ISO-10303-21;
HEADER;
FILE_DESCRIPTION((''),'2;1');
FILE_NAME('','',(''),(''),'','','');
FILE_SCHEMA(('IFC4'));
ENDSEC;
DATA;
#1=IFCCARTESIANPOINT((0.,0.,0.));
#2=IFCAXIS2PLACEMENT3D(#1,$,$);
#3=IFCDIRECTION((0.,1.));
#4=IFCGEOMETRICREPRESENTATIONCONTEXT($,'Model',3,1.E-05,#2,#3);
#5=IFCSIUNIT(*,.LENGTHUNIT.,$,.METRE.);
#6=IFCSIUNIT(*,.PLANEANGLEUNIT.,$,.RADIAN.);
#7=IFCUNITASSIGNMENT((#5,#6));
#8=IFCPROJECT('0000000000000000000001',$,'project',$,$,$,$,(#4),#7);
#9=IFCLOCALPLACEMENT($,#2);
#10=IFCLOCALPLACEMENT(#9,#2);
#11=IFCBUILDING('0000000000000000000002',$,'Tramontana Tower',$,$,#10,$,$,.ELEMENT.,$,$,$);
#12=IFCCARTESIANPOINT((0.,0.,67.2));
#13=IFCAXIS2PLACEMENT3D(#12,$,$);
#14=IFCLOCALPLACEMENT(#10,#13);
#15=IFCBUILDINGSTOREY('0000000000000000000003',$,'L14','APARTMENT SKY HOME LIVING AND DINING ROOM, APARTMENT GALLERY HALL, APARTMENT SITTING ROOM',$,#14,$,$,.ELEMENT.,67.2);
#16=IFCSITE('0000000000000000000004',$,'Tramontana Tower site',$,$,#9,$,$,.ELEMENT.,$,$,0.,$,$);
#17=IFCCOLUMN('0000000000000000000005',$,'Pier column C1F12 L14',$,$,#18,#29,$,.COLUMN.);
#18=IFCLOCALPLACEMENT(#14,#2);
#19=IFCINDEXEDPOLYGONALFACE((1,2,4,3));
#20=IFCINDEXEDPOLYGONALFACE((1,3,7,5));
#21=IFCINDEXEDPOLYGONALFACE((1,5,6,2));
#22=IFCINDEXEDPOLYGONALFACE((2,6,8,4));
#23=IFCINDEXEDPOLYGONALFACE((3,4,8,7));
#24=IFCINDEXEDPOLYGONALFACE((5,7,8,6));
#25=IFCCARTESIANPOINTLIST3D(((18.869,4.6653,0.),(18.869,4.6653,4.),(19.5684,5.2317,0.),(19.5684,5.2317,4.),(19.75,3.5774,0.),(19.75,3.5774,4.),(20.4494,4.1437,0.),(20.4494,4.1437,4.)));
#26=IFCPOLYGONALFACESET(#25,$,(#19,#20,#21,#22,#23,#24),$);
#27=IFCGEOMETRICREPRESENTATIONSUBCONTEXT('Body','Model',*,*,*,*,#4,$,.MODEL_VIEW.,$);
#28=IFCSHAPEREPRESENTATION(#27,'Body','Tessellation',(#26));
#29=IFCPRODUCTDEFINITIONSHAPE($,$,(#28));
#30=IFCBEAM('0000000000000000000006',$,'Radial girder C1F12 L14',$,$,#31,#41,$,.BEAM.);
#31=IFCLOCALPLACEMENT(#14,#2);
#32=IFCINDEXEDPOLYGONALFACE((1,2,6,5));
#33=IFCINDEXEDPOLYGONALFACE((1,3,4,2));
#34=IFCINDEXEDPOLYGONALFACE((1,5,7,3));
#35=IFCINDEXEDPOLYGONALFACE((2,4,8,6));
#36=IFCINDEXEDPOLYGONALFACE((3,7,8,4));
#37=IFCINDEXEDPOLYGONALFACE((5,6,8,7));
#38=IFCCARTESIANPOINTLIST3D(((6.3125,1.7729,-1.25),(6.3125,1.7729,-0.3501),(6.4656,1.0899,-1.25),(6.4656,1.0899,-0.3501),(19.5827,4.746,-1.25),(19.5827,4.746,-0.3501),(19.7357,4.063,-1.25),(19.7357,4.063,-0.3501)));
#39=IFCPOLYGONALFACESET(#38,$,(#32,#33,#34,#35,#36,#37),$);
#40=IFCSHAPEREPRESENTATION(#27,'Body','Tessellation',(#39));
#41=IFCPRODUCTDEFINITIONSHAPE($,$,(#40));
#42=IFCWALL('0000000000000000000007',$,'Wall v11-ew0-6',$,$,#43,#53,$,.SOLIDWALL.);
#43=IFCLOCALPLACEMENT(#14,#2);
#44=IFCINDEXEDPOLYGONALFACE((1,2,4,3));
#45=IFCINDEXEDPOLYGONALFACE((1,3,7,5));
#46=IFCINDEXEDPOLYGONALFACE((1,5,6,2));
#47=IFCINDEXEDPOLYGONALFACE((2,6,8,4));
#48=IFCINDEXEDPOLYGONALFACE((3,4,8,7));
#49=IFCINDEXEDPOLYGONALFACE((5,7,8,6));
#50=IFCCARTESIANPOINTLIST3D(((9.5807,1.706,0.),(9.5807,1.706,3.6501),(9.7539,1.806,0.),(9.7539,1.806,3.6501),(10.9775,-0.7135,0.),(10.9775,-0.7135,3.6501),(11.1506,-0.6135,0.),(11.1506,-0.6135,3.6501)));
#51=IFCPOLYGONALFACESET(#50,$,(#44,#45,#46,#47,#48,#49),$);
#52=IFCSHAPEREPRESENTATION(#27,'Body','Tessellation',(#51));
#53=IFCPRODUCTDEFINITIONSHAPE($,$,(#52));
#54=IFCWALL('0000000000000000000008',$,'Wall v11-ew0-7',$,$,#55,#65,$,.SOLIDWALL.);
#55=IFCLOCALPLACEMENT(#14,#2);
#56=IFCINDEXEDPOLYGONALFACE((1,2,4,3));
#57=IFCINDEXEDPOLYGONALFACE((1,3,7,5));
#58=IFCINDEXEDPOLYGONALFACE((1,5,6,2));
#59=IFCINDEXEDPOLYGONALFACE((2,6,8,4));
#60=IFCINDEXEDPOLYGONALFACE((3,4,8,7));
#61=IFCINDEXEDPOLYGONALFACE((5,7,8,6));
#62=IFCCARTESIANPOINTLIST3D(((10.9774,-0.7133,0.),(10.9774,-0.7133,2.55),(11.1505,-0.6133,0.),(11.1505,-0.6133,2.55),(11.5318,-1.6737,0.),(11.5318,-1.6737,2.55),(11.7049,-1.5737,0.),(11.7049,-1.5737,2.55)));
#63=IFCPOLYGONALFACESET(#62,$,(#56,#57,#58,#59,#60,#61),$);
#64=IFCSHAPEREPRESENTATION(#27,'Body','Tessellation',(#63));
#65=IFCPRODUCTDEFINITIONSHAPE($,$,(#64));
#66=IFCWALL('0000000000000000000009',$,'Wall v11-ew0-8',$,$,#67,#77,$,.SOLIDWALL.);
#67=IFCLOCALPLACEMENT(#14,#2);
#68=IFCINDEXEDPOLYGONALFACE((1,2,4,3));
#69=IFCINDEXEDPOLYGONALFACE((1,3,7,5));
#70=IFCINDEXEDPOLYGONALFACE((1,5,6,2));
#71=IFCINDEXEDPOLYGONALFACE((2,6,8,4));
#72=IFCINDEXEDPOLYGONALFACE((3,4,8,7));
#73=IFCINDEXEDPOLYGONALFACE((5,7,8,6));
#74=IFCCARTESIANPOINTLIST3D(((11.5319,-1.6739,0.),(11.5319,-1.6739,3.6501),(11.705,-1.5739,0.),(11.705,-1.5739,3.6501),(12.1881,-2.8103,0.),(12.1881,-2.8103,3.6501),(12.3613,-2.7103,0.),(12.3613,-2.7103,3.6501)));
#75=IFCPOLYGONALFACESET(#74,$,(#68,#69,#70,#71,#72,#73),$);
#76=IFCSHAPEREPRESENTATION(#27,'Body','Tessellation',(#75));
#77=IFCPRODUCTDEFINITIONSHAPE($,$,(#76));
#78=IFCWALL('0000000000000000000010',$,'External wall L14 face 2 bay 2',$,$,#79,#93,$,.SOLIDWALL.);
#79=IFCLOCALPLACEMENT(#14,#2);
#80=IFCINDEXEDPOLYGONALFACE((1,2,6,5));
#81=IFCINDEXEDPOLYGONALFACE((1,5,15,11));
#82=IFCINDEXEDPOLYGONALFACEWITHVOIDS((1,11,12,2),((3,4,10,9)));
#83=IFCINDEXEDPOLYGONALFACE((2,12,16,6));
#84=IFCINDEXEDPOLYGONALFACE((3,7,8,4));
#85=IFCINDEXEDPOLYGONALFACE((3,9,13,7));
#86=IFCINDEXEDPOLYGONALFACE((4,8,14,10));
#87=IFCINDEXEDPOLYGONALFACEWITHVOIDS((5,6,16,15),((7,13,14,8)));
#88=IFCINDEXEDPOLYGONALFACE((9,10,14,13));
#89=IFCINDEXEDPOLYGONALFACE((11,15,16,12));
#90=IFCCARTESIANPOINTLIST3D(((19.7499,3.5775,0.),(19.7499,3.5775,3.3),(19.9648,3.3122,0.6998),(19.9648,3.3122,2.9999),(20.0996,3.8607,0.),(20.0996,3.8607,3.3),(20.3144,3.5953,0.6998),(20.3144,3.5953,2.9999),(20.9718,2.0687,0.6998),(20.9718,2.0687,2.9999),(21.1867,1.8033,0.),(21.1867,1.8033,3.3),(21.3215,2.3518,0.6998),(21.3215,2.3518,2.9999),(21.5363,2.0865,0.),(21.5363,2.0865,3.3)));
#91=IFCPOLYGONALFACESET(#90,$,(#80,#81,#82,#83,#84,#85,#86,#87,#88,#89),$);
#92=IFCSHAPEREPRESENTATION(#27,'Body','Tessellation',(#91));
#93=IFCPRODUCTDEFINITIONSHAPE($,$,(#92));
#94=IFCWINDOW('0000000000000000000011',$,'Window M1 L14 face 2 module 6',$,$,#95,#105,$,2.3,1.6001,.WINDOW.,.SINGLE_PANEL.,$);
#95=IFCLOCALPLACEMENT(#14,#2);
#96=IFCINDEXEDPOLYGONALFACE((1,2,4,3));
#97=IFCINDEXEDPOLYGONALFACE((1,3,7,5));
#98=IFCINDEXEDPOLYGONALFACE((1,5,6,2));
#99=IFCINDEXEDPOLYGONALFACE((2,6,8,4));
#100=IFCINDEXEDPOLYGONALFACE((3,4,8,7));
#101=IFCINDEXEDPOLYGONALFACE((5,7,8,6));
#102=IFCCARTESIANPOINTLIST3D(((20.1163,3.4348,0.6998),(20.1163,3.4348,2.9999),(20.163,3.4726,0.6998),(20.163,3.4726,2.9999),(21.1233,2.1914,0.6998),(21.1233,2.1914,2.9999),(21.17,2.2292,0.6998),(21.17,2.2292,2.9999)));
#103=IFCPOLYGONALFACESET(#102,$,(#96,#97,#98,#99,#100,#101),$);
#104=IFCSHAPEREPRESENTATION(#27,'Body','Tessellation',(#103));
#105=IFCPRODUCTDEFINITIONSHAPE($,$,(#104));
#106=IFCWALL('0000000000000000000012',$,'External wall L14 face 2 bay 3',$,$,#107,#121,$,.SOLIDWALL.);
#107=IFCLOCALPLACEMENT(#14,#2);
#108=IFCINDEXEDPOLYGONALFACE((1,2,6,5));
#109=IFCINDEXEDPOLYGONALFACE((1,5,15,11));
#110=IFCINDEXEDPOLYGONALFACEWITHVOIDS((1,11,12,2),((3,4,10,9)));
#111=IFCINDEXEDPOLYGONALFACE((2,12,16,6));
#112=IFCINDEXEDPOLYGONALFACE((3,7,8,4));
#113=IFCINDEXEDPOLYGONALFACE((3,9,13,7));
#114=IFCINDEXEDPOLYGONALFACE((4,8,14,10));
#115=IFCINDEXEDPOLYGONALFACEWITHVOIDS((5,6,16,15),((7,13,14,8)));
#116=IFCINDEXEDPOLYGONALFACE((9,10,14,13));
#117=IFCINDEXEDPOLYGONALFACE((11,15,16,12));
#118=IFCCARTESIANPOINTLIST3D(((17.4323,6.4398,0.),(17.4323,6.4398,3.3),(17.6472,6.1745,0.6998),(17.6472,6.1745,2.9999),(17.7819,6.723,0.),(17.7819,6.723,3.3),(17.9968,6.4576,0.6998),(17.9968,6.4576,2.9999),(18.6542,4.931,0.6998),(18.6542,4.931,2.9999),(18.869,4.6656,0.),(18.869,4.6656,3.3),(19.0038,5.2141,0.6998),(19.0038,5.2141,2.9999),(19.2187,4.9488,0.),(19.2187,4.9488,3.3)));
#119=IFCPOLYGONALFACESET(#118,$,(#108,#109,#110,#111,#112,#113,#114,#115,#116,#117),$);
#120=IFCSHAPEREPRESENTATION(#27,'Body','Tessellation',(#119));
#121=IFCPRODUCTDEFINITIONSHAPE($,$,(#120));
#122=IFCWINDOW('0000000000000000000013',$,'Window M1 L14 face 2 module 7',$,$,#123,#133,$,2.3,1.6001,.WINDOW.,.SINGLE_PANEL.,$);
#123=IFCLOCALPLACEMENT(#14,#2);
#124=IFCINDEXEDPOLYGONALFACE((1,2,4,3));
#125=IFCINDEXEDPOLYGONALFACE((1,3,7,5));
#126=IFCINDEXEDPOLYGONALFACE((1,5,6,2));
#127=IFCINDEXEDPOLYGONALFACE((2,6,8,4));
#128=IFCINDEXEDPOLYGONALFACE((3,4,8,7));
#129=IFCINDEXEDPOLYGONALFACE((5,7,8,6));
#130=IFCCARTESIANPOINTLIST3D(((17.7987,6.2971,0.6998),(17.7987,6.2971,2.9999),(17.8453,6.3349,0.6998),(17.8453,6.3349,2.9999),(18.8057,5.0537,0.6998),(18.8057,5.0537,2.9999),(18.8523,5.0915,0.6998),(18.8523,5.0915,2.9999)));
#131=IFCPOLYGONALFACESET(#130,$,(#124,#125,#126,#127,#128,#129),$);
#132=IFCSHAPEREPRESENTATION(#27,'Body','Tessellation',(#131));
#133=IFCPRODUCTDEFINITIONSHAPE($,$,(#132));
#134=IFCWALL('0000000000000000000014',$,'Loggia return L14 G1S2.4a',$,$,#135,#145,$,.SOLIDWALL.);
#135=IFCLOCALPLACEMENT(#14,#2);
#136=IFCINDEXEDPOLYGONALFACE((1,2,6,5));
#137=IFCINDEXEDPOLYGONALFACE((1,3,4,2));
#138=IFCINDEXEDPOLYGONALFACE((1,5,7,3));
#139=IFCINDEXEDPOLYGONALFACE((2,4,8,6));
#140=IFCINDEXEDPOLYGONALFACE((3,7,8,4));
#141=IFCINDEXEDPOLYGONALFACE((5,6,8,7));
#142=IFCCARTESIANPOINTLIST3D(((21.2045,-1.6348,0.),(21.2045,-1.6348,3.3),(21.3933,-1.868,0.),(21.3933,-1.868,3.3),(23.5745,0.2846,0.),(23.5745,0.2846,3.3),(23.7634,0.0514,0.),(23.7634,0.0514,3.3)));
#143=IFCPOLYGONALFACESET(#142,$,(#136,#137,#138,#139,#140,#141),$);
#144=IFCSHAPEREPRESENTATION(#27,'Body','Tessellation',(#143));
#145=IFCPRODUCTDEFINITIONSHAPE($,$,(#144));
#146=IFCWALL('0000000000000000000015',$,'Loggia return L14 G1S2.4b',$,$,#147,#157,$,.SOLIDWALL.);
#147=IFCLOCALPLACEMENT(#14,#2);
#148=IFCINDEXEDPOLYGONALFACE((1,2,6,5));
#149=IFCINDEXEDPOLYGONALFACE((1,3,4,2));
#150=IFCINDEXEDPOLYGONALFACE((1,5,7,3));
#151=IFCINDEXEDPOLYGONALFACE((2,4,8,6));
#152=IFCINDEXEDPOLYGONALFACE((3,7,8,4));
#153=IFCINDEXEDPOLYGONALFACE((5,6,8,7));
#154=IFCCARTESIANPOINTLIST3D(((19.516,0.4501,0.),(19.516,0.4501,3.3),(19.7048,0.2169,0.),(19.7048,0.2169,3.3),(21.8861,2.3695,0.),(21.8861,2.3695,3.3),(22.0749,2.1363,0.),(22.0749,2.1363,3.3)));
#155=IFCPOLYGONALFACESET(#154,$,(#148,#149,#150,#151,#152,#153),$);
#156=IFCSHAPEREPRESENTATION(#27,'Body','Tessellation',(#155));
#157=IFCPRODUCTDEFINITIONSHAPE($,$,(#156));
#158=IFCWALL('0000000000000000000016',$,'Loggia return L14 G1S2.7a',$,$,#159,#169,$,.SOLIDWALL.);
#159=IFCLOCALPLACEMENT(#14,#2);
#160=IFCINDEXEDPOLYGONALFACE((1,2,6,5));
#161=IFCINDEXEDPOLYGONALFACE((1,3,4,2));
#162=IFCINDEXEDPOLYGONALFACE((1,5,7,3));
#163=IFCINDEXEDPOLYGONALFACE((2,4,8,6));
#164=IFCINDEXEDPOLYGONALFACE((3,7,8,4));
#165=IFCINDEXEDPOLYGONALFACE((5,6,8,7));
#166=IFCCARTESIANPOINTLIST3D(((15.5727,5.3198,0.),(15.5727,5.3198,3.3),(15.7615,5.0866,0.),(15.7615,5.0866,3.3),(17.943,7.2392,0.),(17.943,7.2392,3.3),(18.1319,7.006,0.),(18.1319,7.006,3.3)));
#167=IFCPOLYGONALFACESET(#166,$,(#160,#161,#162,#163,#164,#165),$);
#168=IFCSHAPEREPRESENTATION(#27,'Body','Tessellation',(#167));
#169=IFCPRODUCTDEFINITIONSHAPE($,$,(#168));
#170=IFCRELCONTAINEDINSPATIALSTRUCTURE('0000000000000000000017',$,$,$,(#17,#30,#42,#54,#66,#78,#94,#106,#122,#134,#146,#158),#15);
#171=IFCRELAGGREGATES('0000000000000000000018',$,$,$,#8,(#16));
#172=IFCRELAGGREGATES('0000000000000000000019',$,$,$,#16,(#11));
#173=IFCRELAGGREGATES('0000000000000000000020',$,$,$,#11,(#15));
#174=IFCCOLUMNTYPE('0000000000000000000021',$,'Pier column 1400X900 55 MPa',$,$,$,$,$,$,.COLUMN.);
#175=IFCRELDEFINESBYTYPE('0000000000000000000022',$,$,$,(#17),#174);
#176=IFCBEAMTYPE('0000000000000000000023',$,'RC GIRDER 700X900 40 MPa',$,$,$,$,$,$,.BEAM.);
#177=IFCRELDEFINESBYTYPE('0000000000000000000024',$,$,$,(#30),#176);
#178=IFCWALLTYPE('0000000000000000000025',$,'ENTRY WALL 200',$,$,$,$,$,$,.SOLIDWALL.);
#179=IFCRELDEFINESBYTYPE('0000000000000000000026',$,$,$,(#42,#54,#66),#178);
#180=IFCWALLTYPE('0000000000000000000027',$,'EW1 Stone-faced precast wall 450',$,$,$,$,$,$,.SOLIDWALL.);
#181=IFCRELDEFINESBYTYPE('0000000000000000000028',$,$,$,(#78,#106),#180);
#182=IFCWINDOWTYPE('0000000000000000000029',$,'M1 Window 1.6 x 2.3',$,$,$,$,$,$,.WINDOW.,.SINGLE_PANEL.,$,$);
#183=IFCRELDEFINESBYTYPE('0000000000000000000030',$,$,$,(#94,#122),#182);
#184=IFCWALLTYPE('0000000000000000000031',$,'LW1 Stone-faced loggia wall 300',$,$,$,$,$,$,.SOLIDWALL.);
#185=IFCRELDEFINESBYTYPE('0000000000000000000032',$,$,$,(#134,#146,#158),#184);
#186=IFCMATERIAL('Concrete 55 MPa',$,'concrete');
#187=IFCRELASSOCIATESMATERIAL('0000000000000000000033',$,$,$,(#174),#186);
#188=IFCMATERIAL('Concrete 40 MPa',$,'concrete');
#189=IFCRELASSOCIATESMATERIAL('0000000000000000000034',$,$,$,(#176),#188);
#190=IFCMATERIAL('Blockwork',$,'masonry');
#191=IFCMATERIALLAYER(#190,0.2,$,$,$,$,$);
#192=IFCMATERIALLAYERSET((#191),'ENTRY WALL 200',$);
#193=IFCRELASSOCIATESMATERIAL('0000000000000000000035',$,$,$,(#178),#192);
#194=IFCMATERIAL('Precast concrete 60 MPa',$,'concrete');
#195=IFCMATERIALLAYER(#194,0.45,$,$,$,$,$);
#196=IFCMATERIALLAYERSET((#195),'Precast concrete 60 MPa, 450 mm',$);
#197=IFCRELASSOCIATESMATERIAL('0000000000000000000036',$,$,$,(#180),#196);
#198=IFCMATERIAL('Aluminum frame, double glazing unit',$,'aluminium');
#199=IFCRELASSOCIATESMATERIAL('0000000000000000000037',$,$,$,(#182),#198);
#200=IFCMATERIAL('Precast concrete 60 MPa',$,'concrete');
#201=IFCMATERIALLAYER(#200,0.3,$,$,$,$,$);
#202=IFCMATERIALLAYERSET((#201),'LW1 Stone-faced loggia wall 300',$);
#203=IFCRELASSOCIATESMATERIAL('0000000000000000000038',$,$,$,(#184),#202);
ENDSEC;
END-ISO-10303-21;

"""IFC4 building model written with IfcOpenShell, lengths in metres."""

from ifc_helpers import new_model, si_unit, direction, frame, frame_2d, origin, origin_2d, place, context, subcontext, project, spatial, rectangle, extrude, material, layer, layer_set, material_profile, profile_set, type_object, element, fill, save


model = new_model("IFC4")

# Units and contexts
model_context = context("Model", 3, precision=1e-05, world=origin(), true_north=direction((0.0, 1.0)))
body_context = subcontext(model_context, "Body", "Model", "MODEL_VIEW")
ifc_project = project(units=[si_unit("LENGTHUNIT", "METRE"), si_unit("PLANEANGLEUNIT", "RADIAN")], contexts=[model_context])

# Site, building, storey
site_placement = place(None, origin())
site = spatial("IfcSite", under=ifc_project, at=site_placement, Name="Tramontana Tower site", CompositionType="ELEMENT", RefElevation=0.0)
building_placement = place(site_placement, origin())
building = spatial("IfcBuilding", under=site, at=building_placement, Name="Tramontana Tower", CompositionType="ELEMENT")
storey_placement = place(building_placement, frame((0.0, 0.0, 67.2)))
storey = spatial("IfcBuildingStorey", under=building, at=storey_placement, Name="L14", Description="APARTMENT SKY HOME LIVING AND DINING ROOM, APARTMENT GALLERY HALL, APARTMENT SITTING ROOM", CompositionType="ELEMENT", Elevation=67.2)

# Column
ifc_material_1 = material(Name="Concrete 55 MPa", Category="concrete")
ifc_material_profile_1 = material_profile(ifc_material_1, rectangle(XDim=1.3999, YDim=0.8999, at=origin_2d()), Name="Pier column 1400X900 55 MPa")
ifc_profile_set_1 = profile_set([ifc_material_profile_1], Name="Concrete 55 MPa")
column_type = type_object("IfcColumnType", Name="Pier column 1400X900 55 MPa", PredefinedType="COLUMN", material=ifc_profile_set_1)
column_placement = place(storey_placement, frame((19.6592, 4.4045, 0.0), z_axis=(0.0, 0.0, 1.0), x_axis=(-0.62932, 0.777146, 0.0)))
element("IfcColumn", 1, at=column_placement, inside=storey, type_object=column_type, Name="Pier column C1F12 L14", PredefinedType="COLUMN", context=body_context, shape_type="SweptSolid", body=[
    extrude(rectangle(XDim=1.3999, YDim=0.8999, at=origin_2d()), origin(), (0.0, 0.0, 1.0), 4.0),
])

# Beam
ifc_material_2 = material(Name="Concrete 40 MPa", Category="concrete")
ifc_material_profile_2 = material_profile(ifc_material_2, rectangle(XDim=0.7, YDim=0.8999, at=origin_2d()), Name="RC GIRDER 700X900 40 MPa")
ifc_profile_set_2 = profile_set([ifc_material_profile_2], Name="Concrete 40 MPa")
beam_type = type_object("IfcBeamType", Name="RC GIRDER 700X900 40 MPa", PredefinedType="BEAM", material=ifc_profile_set_2)
beam_placement = place(storey_placement, frame((19.6592, 4.4045, -0.8), z_axis=(-0.975808, -0.21863, 0.0), x_axis=(0.21863, -0.975808, 0.0)))
element("IfcBeam", 2, at=beam_placement, inside=storey, type_object=beam_type, Name="Radial girder C1F12 L14", PredefinedType="BEAM", context=body_context, shape_type="SweptSolid", body=[
    extrude(rectangle(XDim=0.7, YDim=0.8999, at=origin_2d()), origin(), (0.0, 0.0, 1.0), 13.5991),
])

# Walls
ifc_material_3 = material(Name="Blockwork", Category="masonry")
ifc_layer_1 = layer(ifc_material_3, 0.2)
ifc_layer_set_1 = layer_set([ifc_layer_1], Name="ENTRY WALL 200")
wall_type_1 = type_object("IfcWallType", Name="ENTRY WALL 200", PredefinedType="SOLIDWALL", material=ifc_layer_set_1)
wall_1_placement = place(storey_placement, frame((9.6672, 1.7561, 0.0), z_axis=(0.0, 0.0, 1.0), x_axis=(0.499965, -0.866046, 0.0)))
element("IfcWall", 3, at=wall_1_placement, inside=storey, type_object=wall_type_1, Name="Wall v11-ew0-6", PredefinedType="SOLIDWALL", context=body_context, shape_type="SweptSolid", body=[
    extrude(rectangle(XDim=2.7937, YDim=0.2, at=frame_2d((1.397, 0.0))), origin(), (0.0, 0.0, 1.0), 3.6501),
])
wall_2_placement = place(storey_placement, frame((11.064, -0.6633, 0.0), z_axis=(0.0, 0.0, 1.0), x_axis=(0.499951, -0.866054, 0.0)))
element("IfcWall", 4, at=wall_2_placement, inside=storey, type_object=wall_type_1, Name="Wall v11-ew0-7", PredefinedType="SOLIDWALL", context=body_context, shape_type="SweptSolid", body=[
    extrude(rectangle(XDim=1.1089, YDim=0.2, at=frame_2d((0.5544, 0.0))), origin(), (0.0, 0.0, 1.0), 2.55),
])
wall_3_placement = place(storey_placement, frame((11.6184, -1.6238, 0.0), z_axis=(0.0, 0.0, 1.0), x_axis=(0.500061, -0.86599, 0.0)))
element("IfcWall", 5, at=wall_3_placement, inside=storey, type_object=wall_type_1, Name="Wall v11-ew0-8", PredefinedType="SOLIDWALL", context=body_context, shape_type="SweptSolid", body=[
    extrude(rectangle(XDim=1.3123, YDim=0.2, at=frame_2d((0.6562, 0.0))), origin(), (0.0, 0.0, 1.0), 3.6501),
])

# Walls, openings, windows
ifc_material_4 = material(Name="Precast concrete 60 MPa", Category="concrete")
ifc_layer_2 = layer(ifc_material_4, 0.45)
ifc_layer_set_2 = layer_set([ifc_layer_2], Name="Precast concrete 60 MPa, 450 mm")
wall_type_2 = type_object("IfcWallType", Name="EW1 Stone-faced precast wall 450", PredefinedType="SOLIDWALL", material=ifc_layer_set_2)
wall_4_placement = place(storey_placement, frame((21.3616, 1.9448, 0.0), z_axis=(0.0, 0.0, 1.0), x_axis=(-0.62934, 0.77713, 0.0)))
wall_4 = element("IfcWall", 6, at=wall_4_placement, inside=storey, type_object=wall_type_2, Name="External wall L14 face 2 bay 2", PredefinedType="SOLIDWALL", context=body_context, shape_type="SweptSolid", body=[
    extrude(rectangle(XDim=2.283, YDim=0.45, at=frame_2d((1.1416, 0.0))), origin(), (0.0, 0.0, 1.0), 3.3),
])
opening_1_placement = place(wall_4_placement, frame((0.3416, 0.0, 0.7)))
opening_1 = element("IfcOpeningElement", 7, at=opening_1_placement, cuts=wall_4, PredefinedType="OPENING", context=body_context, shape_type="SweptSolid", body=[
    extrude(rectangle(XDim=1.6001, YDim=2.3, at=frame_2d((0.8, 1.1499))), frame((0.0, 0.2349, 0.0), z_axis=(0.0, -1.0, 0.0), x_axis=(1.0, 0.0, 0.0)), (0.0, 0.0, 1.0), 0.47),
])
ifc_material_5 = material(Name="Aluminum frame, double glazing unit", Category="aluminium")
window_type = type_object("IfcWindowType", Name="M1 Window 1.6 x 2.3", PartitioningType="SINGLE_PANEL", PredefinedType="WINDOW", material=ifc_material_5)
window_1_placement = place(opening_1_placement, origin())
window_1 = element("IfcWindow", 8, at=window_1_placement, inside=storey, type_object=window_type, Name="Window M1 L14 face 2 module 6", OverallHeight=2.3, OverallWidth=1.6001, PartitioningType="SINGLE_PANEL", PredefinedType="WINDOW", context=body_context, shape_type="SweptSolid", body=[
    extrude(rectangle(XDim=1.6001, YDim=2.3, at=frame_2d((0.8, 1.1499))), frame((0.0, 0.03, 0.0), z_axis=(0.0, -1.0, 0.0), x_axis=(1.0, 0.0, 0.0)), (0.0, 0.0, 1.0), 0.0601),
])
fill(opening_1, window_1)
wall_5_placement = place(storey_placement, frame((19.0439, 4.8071, 0.0), z_axis=(0.0, 0.0, 1.0), x_axis=(-0.62934, 0.77713, 0.0)))
wall_5 = element("IfcWall", 9, at=wall_5_placement, inside=storey, type_object=wall_type_2, Name="External wall L14 face 2 bay 3", PredefinedType="SOLIDWALL", context=body_context, shape_type="SweptSolid", body=[
    extrude(rectangle(XDim=2.283, YDim=0.45, at=frame_2d((1.1416, 0.0))), origin(), (0.0, 0.0, 1.0), 3.3),
])
opening_2_placement = place(wall_5_placement, frame((0.3416, 0.0, 0.7)))
opening_2 = element("IfcOpeningElement", 10, at=opening_2_placement, cuts=wall_5, PredefinedType="OPENING", context=body_context, shape_type="SweptSolid", body=[
    extrude(rectangle(XDim=1.6001, YDim=2.3, at=frame_2d((0.8, 1.1499))), frame((0.0, 0.2349, 0.0), z_axis=(0.0, -1.0, 0.0), x_axis=(1.0, 0.0, 0.0)), (0.0, 0.0, 1.0), 0.47),
])
window_2_placement = place(opening_2_placement, origin())
window_2 = element("IfcWindow", 11, at=window_2_placement, inside=storey, type_object=window_type, Name="Window M1 L14 face 2 module 7", OverallHeight=2.3, OverallWidth=1.6001, PartitioningType="SINGLE_PANEL", PredefinedType="WINDOW", context=body_context, shape_type="SweptSolid", body=[
    extrude(rectangle(XDim=1.6001, YDim=2.3, at=frame_2d((0.8, 1.1499))), frame((0.0, 0.03, 0.0), z_axis=(0.0, -1.0, 0.0), x_axis=(1.0, 0.0, 0.0)), (0.0, 0.0, 1.0), 0.0601),
])
fill(opening_2, window_2)

# Shared definitions
ifc_material_6 = material(Name="Precast concrete 60 MPa", Category="concrete")
ifc_layer_3 = layer(ifc_material_6, 0.3)
ifc_layer_set_3 = layer_set([ifc_layer_3], Name="LW1 Stone-faced loggia wall 300")
wall_type_3 = type_object("IfcWallType", Name="LW1 Stone-faced loggia wall 300", PredefinedType="SOLIDWALL", material=ifc_layer_set_3)

# Walls
for number, where, z_axis, x_axis, name in (
    (12, (23.6689, 0.168, 0.0), (0.0, 0.0, 1.0), (-0.777122, -0.62935, 0.0), "Loggia return L14 G1S2.4a"),
    (13, (21.9805, 2.2529, 0.0), (0.0, 0.0, 1.0), (-0.777122, -0.62935, 0.0), "Loggia return L14 G1S2.4b"),
):
    element("IfcWall", number, at=place(storey_placement, frame(where, z_axis=z_axis, x_axis=x_axis)), inside=storey, type_object=wall_type_3, Name=name, PredefinedType="SOLIDWALL", context=body_context, shape_type="SweptSolid", body=[
        extrude(rectangle(XDim=3.0498, YDim=0.3, at=frame_2d((1.5249, 0.0))), origin(), (0.0, 0.0, 1.0), 3.3),
    ])

# Wall
wall_6_placement = place(storey_placement, frame((18.0374, 7.1226, 0.0), z_axis=(0.0, 0.0, 1.0), x_axis=(-0.777154, -0.629311, 0.0)))
element("IfcWall", 14, at=wall_6_placement, inside=storey, type_object=wall_type_3, Name="Loggia return L14 G1S2.7a", PredefinedType="SOLIDWALL", context=body_context, shape_type="SweptSolid", body=[
    extrude(rectangle(XDim=3.05, YDim=0.3, at=frame_2d((1.5249, 0.0))), origin(), (0.0, 0.0, 1.0), 3.3),
])

save(model, "model.ifc")
